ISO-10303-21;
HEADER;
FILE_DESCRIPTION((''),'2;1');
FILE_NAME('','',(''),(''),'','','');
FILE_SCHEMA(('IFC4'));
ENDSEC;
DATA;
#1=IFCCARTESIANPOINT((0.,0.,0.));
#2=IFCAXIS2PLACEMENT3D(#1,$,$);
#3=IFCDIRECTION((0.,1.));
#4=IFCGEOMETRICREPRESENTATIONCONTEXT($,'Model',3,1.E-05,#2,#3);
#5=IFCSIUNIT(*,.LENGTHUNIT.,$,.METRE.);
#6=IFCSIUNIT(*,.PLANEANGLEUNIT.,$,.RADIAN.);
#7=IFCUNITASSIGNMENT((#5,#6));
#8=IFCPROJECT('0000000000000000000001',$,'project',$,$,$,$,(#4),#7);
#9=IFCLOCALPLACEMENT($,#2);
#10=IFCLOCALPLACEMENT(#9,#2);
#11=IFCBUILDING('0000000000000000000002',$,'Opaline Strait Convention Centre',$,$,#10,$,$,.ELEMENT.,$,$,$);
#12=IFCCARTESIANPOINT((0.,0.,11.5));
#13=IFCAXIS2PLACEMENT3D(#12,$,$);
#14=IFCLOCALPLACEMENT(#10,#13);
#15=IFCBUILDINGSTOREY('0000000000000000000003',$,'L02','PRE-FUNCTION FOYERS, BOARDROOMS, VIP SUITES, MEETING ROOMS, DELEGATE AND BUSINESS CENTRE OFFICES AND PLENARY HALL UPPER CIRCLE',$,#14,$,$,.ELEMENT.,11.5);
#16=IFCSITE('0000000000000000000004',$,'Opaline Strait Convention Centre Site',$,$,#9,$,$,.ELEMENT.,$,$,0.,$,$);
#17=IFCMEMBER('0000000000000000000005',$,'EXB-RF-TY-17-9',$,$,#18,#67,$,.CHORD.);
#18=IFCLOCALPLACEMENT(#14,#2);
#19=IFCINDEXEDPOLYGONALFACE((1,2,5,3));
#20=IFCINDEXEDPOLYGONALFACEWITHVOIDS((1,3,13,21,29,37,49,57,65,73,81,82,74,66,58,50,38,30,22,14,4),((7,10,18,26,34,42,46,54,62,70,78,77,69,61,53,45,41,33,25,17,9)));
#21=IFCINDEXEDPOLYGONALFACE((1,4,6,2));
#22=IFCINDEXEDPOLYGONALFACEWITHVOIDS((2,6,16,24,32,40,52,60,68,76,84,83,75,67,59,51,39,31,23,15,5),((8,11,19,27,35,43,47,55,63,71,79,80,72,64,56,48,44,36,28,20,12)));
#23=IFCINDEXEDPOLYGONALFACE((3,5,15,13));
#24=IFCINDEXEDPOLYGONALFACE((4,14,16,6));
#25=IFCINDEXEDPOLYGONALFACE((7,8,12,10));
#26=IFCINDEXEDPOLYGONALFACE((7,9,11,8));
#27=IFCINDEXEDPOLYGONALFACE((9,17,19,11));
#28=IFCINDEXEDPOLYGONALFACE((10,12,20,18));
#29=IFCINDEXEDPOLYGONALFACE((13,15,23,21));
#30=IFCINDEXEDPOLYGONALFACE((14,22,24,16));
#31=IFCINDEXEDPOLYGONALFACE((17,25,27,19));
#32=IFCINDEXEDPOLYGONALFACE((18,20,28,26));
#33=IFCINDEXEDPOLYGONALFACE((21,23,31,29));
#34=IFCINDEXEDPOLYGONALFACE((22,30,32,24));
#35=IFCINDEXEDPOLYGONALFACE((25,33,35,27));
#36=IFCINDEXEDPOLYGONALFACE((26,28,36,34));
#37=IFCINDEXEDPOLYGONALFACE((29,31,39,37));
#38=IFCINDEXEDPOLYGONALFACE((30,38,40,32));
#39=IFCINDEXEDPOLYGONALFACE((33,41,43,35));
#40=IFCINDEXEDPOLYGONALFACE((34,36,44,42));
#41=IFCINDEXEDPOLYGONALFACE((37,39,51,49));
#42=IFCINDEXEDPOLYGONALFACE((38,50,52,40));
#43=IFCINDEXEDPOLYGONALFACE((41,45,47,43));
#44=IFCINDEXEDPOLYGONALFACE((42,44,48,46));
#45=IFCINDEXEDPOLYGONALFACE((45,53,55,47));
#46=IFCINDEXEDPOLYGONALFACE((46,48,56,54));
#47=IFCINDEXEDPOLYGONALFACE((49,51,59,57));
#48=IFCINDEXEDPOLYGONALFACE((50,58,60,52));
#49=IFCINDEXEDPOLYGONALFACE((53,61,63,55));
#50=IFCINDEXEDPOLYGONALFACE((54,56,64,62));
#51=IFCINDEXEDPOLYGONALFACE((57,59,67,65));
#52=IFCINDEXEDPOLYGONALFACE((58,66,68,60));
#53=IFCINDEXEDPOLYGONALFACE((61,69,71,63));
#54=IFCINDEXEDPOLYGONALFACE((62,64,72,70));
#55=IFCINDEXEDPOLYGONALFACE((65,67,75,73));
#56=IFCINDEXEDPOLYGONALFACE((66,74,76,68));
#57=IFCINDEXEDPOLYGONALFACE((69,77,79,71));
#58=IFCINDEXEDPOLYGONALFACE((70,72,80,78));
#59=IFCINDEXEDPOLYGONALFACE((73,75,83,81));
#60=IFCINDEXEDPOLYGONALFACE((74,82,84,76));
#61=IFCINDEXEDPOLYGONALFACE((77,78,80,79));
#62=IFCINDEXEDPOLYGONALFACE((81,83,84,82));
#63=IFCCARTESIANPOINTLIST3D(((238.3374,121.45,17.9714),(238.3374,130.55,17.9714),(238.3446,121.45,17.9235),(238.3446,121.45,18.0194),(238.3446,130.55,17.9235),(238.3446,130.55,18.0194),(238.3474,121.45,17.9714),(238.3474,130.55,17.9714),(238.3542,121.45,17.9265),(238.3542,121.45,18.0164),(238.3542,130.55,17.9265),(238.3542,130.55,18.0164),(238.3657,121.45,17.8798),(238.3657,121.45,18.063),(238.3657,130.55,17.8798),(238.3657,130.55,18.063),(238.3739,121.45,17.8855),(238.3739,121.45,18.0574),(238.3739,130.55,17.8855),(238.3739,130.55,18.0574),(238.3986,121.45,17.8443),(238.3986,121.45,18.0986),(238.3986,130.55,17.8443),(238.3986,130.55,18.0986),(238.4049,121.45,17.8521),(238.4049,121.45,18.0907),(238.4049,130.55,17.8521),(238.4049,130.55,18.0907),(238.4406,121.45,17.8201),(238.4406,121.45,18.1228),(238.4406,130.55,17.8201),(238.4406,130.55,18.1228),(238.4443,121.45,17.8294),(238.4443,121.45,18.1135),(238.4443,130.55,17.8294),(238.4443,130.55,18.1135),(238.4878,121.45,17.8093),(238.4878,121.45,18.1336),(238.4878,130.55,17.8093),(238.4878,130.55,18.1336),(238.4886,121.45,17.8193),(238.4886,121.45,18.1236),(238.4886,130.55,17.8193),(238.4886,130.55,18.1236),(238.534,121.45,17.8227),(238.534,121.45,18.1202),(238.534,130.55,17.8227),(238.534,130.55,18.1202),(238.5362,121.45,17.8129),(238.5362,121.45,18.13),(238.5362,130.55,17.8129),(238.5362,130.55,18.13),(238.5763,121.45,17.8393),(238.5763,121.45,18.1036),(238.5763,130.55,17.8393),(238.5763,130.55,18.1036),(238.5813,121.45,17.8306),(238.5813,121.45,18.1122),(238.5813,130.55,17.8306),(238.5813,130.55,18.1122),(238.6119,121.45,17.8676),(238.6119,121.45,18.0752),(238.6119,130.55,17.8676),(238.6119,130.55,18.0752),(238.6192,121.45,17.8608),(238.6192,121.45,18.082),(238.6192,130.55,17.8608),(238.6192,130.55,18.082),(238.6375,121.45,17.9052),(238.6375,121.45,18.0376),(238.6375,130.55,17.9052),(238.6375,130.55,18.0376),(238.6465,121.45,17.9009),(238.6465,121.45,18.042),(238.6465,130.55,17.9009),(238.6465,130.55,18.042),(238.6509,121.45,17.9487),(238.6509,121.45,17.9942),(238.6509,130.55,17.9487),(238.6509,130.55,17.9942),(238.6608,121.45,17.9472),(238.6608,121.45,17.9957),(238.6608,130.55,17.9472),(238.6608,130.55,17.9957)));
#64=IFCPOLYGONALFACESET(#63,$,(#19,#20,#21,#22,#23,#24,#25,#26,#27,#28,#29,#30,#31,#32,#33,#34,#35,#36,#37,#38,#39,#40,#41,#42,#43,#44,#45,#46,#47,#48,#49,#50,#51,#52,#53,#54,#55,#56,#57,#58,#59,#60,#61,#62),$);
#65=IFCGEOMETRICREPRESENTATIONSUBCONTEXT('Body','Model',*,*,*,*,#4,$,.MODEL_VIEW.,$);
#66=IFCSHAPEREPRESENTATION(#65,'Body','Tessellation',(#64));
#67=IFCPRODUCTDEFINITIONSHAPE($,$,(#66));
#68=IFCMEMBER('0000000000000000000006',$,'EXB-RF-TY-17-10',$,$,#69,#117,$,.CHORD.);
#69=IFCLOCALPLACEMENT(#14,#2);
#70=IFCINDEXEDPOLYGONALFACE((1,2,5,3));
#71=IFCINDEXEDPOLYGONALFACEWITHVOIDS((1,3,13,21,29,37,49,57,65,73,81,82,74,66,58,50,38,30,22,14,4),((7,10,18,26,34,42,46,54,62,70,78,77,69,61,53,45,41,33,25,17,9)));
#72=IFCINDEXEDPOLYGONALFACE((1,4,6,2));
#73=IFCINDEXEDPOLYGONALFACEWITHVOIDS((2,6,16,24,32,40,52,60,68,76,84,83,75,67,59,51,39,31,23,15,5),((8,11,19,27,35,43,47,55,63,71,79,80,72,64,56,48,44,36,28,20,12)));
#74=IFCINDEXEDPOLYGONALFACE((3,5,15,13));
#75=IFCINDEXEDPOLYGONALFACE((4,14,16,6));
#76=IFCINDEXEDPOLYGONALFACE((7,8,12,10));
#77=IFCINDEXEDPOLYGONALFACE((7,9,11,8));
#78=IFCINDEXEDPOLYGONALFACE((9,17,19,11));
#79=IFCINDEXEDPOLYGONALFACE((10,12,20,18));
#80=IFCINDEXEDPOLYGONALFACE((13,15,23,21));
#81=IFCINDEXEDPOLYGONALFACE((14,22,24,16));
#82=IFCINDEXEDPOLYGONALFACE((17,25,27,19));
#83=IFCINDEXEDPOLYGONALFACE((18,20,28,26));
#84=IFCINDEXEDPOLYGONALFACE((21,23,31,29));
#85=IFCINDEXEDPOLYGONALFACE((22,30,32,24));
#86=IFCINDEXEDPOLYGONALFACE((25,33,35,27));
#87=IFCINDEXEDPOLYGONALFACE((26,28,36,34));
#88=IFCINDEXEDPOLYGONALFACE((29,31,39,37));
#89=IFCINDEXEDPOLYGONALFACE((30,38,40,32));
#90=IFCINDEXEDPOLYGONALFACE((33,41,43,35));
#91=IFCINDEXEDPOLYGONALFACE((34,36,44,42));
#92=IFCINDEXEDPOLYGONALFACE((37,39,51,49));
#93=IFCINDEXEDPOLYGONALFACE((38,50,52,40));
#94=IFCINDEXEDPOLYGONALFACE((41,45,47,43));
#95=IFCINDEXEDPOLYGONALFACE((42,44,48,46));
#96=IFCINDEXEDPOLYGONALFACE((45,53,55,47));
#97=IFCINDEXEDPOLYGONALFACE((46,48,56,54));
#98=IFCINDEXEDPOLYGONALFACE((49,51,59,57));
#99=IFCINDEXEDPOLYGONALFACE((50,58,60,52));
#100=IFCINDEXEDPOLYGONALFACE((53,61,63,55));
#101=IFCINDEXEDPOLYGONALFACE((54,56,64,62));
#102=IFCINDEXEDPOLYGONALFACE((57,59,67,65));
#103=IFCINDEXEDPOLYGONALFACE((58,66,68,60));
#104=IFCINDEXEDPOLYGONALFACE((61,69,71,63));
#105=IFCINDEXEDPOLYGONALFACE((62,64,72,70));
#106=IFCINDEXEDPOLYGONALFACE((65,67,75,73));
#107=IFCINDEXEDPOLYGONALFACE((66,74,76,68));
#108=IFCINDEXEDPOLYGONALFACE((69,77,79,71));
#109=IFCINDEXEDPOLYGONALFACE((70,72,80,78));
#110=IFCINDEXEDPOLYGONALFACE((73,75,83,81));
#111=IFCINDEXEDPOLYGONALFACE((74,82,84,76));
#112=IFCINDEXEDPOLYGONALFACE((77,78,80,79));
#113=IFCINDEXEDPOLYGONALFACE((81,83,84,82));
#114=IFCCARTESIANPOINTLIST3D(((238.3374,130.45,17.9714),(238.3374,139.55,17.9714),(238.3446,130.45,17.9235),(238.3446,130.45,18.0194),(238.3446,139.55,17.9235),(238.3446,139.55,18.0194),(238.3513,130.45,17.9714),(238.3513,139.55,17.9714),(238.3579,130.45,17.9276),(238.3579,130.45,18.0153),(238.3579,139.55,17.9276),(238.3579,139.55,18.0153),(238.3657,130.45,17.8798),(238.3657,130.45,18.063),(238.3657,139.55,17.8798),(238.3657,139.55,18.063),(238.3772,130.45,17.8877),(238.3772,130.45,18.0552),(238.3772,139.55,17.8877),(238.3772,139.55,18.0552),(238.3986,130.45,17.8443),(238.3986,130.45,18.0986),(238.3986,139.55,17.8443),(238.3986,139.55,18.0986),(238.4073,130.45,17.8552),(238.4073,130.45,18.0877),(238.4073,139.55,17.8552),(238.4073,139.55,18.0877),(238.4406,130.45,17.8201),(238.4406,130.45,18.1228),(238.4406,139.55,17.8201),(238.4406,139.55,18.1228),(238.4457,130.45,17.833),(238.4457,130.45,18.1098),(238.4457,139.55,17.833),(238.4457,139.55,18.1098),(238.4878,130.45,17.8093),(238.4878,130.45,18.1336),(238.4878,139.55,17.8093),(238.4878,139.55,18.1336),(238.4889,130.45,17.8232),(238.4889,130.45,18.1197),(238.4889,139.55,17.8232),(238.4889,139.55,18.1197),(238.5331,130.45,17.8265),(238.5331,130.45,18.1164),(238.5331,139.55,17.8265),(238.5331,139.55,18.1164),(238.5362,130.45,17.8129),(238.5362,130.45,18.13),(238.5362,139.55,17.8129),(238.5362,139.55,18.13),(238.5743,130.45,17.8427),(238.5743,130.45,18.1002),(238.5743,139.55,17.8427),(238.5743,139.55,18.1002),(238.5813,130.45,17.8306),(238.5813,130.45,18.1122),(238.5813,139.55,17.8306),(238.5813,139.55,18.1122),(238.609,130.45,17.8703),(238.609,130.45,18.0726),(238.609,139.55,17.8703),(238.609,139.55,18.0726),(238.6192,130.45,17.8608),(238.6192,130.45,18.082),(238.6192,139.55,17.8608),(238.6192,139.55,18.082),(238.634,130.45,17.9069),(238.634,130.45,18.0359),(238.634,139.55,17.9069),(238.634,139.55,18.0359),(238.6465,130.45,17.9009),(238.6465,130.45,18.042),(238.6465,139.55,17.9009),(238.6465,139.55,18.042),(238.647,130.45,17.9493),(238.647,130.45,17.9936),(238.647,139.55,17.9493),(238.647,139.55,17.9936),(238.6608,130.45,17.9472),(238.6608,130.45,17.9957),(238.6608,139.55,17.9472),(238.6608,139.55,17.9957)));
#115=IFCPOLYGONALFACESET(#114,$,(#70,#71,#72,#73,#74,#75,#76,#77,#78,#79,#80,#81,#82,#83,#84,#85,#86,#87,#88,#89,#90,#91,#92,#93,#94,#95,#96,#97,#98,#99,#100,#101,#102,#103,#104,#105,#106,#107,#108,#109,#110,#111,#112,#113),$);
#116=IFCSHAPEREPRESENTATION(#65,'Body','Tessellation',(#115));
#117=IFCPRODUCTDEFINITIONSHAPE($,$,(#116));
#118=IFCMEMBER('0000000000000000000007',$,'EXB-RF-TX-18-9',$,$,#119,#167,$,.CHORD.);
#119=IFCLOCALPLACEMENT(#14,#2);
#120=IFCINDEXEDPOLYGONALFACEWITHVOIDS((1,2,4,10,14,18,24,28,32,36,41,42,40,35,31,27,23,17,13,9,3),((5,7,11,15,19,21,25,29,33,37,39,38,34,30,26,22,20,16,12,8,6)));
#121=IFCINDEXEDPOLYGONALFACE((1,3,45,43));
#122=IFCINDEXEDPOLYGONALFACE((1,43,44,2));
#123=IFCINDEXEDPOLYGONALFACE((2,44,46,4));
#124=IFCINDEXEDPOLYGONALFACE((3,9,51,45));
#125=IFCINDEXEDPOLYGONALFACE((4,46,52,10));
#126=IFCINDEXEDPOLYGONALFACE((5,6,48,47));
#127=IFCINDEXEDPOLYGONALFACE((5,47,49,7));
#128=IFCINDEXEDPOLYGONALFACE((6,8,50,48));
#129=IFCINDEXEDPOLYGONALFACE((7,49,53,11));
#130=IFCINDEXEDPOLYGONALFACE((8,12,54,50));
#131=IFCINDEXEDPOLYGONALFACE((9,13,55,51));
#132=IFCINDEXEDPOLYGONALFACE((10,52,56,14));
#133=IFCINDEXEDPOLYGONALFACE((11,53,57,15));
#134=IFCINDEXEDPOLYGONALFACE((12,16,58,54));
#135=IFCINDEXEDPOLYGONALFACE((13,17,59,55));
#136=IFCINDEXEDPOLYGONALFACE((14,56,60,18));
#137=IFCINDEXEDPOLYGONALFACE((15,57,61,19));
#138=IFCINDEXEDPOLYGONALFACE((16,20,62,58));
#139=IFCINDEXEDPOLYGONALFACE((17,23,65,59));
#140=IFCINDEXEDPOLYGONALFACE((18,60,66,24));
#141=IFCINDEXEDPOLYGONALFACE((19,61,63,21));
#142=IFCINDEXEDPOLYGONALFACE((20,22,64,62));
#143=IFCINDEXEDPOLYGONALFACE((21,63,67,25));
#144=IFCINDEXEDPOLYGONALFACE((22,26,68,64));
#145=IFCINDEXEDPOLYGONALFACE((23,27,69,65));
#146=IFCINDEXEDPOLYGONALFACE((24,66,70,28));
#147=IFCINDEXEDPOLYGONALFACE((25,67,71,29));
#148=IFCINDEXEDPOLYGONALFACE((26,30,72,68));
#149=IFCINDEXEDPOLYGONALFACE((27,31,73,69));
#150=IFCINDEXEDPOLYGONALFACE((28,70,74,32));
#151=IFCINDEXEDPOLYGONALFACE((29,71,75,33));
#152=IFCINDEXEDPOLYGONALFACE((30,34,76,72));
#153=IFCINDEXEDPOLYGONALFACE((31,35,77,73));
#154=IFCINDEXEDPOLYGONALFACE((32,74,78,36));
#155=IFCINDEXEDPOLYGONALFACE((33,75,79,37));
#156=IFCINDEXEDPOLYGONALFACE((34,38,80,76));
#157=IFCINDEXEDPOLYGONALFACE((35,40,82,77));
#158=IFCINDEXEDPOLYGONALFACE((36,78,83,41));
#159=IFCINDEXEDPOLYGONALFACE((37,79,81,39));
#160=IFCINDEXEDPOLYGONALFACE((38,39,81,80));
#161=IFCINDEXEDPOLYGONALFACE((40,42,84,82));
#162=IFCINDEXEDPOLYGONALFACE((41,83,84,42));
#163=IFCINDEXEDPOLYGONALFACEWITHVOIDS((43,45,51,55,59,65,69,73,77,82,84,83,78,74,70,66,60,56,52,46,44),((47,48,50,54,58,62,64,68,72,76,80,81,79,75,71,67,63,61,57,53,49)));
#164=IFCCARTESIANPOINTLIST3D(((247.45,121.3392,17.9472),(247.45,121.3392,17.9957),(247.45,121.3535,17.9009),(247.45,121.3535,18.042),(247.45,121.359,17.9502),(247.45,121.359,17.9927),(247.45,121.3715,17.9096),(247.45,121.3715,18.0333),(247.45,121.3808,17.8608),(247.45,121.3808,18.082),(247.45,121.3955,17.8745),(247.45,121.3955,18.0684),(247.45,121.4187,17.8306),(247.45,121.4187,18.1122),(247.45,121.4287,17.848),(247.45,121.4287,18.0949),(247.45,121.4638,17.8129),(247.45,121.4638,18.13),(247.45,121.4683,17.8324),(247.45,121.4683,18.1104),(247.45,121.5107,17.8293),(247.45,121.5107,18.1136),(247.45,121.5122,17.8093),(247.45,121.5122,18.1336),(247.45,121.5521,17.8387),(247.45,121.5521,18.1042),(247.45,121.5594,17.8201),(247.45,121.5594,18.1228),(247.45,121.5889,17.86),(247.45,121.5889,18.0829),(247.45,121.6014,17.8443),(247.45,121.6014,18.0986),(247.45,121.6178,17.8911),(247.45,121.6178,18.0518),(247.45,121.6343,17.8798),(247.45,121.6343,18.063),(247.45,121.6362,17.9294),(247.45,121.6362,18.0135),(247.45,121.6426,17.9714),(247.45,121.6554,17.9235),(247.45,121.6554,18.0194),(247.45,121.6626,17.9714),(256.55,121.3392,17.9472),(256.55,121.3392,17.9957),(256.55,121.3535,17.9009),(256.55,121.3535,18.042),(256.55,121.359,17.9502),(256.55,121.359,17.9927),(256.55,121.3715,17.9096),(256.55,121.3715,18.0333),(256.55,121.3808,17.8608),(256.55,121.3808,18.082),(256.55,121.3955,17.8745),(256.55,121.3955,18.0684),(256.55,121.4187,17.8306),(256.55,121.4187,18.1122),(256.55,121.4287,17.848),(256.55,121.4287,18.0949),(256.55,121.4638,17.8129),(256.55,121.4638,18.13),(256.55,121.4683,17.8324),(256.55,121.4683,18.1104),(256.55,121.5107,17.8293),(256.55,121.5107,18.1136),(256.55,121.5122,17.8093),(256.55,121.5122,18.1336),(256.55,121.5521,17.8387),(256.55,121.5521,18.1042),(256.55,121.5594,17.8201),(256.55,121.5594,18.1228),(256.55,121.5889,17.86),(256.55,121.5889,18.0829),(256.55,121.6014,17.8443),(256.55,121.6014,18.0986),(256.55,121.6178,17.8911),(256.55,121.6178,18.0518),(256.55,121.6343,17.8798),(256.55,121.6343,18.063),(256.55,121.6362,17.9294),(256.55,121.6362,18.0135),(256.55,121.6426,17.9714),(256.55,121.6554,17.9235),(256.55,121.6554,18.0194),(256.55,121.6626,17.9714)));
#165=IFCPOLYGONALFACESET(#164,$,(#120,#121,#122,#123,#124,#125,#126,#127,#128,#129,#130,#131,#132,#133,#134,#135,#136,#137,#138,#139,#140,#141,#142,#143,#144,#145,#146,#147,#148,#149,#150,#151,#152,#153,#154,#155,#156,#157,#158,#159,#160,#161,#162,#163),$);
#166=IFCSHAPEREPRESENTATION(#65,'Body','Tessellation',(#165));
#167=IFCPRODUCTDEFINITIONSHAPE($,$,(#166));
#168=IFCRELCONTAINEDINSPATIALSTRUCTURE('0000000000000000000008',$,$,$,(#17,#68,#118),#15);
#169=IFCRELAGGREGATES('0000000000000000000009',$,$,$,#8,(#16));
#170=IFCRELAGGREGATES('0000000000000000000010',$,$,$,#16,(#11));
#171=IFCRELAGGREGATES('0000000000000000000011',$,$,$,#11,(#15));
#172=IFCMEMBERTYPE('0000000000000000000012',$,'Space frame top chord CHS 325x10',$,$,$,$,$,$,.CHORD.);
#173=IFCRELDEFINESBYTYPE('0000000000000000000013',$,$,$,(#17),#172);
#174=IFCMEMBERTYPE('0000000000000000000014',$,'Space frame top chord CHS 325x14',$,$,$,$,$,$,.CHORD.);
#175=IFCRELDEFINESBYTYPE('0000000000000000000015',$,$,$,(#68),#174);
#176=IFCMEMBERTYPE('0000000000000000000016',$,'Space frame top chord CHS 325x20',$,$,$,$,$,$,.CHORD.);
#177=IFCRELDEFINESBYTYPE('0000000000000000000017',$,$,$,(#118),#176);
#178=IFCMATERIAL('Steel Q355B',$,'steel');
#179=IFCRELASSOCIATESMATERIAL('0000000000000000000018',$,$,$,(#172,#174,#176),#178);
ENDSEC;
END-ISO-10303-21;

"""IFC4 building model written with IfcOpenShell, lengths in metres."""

from ifc_helpers import new_model, si_unit, direction, frame, origin, origin_2d, place, context, subcontext, project, spatial, hollow_circle, extrude, material, material_profile, profile_set, type_object, element, save


model = new_model("IFC4")

# Units and contexts
model_context = context("Model", 3, precision=1e-05, world=origin(), true_north=direction((0.0, 1.0)))
body_context = subcontext(model_context, "Body", "Model", "MODEL_VIEW")
ifc_project = project(units=[si_unit("LENGTHUNIT", "METRE"), si_unit("PLANEANGLEUNIT", "RADIAN")], contexts=[model_context])

# Site, building, storey
site_placement = place(None, origin())
site = spatial("IfcSite", under=ifc_project, at=site_placement, Name="Opaline Strait Convention Centre Site", CompositionType="ELEMENT", RefElevation=0.0)
building_placement = place(site_placement, origin())
building = spatial("IfcBuilding", under=site, at=building_placement, Name="Opaline Strait Convention Centre", CompositionType="ELEMENT")
storey_placement = place(building_placement, frame((0.0, 0.0, 11.5)))
storey = spatial("IfcBuildingStorey", under=building, at=storey_placement, Name="L02", Description="PRE-FUNCTION FOYERS, BOARDROOMS, VIP SUITES, MEETING ROOMS, DELEGATE AND BUSINESS CENTRE OFFICES AND PLENARY HALL UPPER CIRCLE", CompositionType="ELEMENT", Elevation=11.5)

# Members
ifc_material = material(Name="Steel Q355B", Category="steel")
ifc_material_profile_1 = material_profile(ifc_material, hollow_circle(Radius=0.1626, WallThickness=0.01, at=origin_2d()), Name="CHS 325x10")
ifc_profile_set_1 = profile_set([ifc_material_profile_1], Name="Steel Q355B")
member_type_1 = type_object("IfcMemberType", Name="Space frame top chord CHS 325x10", PredefinedType="CHORD", material=ifc_profile_set_1)
member_1_placement = place(storey_placement, frame((238.5, 121.45, 17.9714), z_axis=(0.0, 1.0, 0.0), x_axis=(-1.0, 0.0, 0.0)))
element("IfcMember", 1, at=member_1_placement, inside=storey, type_object=member_type_1, Name="EXB-RF-TY-17-9", PredefinedType="CHORD", context=body_context, shape_type="SweptSolid", body=[
    extrude(hollow_circle(Radius=0.1626, WallThickness=0.01, at=origin_2d()), origin(), (0.0, 0.0, 1.0), 9.1001),
])
ifc_material_profile_2 = material_profile(ifc_material, hollow_circle(Radius=0.1626, WallThickness=0.0139, at=origin_2d()), Name="CHS 325x14")
ifc_profile_set_2 = profile_set([ifc_material_profile_2], Name="Steel Q355B")
member_type_2 = type_object("IfcMemberType", Name="Space frame top chord CHS 325x14", PredefinedType="CHORD", material=ifc_profile_set_2)
member_2_placement = place(storey_placement, frame((238.5, 130.45, 17.9714), z_axis=(0.0, 1.0, 0.0), x_axis=(-1.0, 0.0, 0.0)))
element("IfcMember", 2, at=member_2_placement, inside=storey, type_object=member_type_2, Name="EXB-RF-TY-17-10", PredefinedType="CHORD", context=body_context, shape_type="SweptSolid", body=[
    extrude(hollow_circle(Radius=0.1626, WallThickness=0.0139, at=origin_2d()), origin(), (0.0, 0.0, 1.0), 9.1001),
])
ifc_material_profile_3 = material_profile(ifc_material, hollow_circle(Radius=0.1626, WallThickness=0.02, at=origin_2d()), Name="CHS 325x20")
ifc_profile_set_3 = profile_set([ifc_material_profile_3], Name="Steel Q355B")
member_type_3 = type_object("IfcMemberType", Name="Space frame top chord CHS 325x20", PredefinedType="CHORD", material=ifc_profile_set_3)
for number, where, z_axis, x_axis, name in (
    (3, (247.45, 121.5, 17.9714), (1.0, 0.0, 0.0), (0.0, 1.0, 0.0), "EXB-RF-TX-18-9"),
):
    element("IfcMember", number, at=place(storey_placement, frame(where, z_axis=z_axis, x_axis=x_axis)), inside=storey, type_object=member_type_3, Name=name, PredefinedType="CHORD", context=body_context, shape_type="SweptSolid", body=[
        extrude(hollow_circle(Radius=0.1626, WallThickness=0.02, at=origin_2d()), origin(), (0.0, 0.0, 1.0), 9.1001),
    ])

save(model, "model.ifc")
